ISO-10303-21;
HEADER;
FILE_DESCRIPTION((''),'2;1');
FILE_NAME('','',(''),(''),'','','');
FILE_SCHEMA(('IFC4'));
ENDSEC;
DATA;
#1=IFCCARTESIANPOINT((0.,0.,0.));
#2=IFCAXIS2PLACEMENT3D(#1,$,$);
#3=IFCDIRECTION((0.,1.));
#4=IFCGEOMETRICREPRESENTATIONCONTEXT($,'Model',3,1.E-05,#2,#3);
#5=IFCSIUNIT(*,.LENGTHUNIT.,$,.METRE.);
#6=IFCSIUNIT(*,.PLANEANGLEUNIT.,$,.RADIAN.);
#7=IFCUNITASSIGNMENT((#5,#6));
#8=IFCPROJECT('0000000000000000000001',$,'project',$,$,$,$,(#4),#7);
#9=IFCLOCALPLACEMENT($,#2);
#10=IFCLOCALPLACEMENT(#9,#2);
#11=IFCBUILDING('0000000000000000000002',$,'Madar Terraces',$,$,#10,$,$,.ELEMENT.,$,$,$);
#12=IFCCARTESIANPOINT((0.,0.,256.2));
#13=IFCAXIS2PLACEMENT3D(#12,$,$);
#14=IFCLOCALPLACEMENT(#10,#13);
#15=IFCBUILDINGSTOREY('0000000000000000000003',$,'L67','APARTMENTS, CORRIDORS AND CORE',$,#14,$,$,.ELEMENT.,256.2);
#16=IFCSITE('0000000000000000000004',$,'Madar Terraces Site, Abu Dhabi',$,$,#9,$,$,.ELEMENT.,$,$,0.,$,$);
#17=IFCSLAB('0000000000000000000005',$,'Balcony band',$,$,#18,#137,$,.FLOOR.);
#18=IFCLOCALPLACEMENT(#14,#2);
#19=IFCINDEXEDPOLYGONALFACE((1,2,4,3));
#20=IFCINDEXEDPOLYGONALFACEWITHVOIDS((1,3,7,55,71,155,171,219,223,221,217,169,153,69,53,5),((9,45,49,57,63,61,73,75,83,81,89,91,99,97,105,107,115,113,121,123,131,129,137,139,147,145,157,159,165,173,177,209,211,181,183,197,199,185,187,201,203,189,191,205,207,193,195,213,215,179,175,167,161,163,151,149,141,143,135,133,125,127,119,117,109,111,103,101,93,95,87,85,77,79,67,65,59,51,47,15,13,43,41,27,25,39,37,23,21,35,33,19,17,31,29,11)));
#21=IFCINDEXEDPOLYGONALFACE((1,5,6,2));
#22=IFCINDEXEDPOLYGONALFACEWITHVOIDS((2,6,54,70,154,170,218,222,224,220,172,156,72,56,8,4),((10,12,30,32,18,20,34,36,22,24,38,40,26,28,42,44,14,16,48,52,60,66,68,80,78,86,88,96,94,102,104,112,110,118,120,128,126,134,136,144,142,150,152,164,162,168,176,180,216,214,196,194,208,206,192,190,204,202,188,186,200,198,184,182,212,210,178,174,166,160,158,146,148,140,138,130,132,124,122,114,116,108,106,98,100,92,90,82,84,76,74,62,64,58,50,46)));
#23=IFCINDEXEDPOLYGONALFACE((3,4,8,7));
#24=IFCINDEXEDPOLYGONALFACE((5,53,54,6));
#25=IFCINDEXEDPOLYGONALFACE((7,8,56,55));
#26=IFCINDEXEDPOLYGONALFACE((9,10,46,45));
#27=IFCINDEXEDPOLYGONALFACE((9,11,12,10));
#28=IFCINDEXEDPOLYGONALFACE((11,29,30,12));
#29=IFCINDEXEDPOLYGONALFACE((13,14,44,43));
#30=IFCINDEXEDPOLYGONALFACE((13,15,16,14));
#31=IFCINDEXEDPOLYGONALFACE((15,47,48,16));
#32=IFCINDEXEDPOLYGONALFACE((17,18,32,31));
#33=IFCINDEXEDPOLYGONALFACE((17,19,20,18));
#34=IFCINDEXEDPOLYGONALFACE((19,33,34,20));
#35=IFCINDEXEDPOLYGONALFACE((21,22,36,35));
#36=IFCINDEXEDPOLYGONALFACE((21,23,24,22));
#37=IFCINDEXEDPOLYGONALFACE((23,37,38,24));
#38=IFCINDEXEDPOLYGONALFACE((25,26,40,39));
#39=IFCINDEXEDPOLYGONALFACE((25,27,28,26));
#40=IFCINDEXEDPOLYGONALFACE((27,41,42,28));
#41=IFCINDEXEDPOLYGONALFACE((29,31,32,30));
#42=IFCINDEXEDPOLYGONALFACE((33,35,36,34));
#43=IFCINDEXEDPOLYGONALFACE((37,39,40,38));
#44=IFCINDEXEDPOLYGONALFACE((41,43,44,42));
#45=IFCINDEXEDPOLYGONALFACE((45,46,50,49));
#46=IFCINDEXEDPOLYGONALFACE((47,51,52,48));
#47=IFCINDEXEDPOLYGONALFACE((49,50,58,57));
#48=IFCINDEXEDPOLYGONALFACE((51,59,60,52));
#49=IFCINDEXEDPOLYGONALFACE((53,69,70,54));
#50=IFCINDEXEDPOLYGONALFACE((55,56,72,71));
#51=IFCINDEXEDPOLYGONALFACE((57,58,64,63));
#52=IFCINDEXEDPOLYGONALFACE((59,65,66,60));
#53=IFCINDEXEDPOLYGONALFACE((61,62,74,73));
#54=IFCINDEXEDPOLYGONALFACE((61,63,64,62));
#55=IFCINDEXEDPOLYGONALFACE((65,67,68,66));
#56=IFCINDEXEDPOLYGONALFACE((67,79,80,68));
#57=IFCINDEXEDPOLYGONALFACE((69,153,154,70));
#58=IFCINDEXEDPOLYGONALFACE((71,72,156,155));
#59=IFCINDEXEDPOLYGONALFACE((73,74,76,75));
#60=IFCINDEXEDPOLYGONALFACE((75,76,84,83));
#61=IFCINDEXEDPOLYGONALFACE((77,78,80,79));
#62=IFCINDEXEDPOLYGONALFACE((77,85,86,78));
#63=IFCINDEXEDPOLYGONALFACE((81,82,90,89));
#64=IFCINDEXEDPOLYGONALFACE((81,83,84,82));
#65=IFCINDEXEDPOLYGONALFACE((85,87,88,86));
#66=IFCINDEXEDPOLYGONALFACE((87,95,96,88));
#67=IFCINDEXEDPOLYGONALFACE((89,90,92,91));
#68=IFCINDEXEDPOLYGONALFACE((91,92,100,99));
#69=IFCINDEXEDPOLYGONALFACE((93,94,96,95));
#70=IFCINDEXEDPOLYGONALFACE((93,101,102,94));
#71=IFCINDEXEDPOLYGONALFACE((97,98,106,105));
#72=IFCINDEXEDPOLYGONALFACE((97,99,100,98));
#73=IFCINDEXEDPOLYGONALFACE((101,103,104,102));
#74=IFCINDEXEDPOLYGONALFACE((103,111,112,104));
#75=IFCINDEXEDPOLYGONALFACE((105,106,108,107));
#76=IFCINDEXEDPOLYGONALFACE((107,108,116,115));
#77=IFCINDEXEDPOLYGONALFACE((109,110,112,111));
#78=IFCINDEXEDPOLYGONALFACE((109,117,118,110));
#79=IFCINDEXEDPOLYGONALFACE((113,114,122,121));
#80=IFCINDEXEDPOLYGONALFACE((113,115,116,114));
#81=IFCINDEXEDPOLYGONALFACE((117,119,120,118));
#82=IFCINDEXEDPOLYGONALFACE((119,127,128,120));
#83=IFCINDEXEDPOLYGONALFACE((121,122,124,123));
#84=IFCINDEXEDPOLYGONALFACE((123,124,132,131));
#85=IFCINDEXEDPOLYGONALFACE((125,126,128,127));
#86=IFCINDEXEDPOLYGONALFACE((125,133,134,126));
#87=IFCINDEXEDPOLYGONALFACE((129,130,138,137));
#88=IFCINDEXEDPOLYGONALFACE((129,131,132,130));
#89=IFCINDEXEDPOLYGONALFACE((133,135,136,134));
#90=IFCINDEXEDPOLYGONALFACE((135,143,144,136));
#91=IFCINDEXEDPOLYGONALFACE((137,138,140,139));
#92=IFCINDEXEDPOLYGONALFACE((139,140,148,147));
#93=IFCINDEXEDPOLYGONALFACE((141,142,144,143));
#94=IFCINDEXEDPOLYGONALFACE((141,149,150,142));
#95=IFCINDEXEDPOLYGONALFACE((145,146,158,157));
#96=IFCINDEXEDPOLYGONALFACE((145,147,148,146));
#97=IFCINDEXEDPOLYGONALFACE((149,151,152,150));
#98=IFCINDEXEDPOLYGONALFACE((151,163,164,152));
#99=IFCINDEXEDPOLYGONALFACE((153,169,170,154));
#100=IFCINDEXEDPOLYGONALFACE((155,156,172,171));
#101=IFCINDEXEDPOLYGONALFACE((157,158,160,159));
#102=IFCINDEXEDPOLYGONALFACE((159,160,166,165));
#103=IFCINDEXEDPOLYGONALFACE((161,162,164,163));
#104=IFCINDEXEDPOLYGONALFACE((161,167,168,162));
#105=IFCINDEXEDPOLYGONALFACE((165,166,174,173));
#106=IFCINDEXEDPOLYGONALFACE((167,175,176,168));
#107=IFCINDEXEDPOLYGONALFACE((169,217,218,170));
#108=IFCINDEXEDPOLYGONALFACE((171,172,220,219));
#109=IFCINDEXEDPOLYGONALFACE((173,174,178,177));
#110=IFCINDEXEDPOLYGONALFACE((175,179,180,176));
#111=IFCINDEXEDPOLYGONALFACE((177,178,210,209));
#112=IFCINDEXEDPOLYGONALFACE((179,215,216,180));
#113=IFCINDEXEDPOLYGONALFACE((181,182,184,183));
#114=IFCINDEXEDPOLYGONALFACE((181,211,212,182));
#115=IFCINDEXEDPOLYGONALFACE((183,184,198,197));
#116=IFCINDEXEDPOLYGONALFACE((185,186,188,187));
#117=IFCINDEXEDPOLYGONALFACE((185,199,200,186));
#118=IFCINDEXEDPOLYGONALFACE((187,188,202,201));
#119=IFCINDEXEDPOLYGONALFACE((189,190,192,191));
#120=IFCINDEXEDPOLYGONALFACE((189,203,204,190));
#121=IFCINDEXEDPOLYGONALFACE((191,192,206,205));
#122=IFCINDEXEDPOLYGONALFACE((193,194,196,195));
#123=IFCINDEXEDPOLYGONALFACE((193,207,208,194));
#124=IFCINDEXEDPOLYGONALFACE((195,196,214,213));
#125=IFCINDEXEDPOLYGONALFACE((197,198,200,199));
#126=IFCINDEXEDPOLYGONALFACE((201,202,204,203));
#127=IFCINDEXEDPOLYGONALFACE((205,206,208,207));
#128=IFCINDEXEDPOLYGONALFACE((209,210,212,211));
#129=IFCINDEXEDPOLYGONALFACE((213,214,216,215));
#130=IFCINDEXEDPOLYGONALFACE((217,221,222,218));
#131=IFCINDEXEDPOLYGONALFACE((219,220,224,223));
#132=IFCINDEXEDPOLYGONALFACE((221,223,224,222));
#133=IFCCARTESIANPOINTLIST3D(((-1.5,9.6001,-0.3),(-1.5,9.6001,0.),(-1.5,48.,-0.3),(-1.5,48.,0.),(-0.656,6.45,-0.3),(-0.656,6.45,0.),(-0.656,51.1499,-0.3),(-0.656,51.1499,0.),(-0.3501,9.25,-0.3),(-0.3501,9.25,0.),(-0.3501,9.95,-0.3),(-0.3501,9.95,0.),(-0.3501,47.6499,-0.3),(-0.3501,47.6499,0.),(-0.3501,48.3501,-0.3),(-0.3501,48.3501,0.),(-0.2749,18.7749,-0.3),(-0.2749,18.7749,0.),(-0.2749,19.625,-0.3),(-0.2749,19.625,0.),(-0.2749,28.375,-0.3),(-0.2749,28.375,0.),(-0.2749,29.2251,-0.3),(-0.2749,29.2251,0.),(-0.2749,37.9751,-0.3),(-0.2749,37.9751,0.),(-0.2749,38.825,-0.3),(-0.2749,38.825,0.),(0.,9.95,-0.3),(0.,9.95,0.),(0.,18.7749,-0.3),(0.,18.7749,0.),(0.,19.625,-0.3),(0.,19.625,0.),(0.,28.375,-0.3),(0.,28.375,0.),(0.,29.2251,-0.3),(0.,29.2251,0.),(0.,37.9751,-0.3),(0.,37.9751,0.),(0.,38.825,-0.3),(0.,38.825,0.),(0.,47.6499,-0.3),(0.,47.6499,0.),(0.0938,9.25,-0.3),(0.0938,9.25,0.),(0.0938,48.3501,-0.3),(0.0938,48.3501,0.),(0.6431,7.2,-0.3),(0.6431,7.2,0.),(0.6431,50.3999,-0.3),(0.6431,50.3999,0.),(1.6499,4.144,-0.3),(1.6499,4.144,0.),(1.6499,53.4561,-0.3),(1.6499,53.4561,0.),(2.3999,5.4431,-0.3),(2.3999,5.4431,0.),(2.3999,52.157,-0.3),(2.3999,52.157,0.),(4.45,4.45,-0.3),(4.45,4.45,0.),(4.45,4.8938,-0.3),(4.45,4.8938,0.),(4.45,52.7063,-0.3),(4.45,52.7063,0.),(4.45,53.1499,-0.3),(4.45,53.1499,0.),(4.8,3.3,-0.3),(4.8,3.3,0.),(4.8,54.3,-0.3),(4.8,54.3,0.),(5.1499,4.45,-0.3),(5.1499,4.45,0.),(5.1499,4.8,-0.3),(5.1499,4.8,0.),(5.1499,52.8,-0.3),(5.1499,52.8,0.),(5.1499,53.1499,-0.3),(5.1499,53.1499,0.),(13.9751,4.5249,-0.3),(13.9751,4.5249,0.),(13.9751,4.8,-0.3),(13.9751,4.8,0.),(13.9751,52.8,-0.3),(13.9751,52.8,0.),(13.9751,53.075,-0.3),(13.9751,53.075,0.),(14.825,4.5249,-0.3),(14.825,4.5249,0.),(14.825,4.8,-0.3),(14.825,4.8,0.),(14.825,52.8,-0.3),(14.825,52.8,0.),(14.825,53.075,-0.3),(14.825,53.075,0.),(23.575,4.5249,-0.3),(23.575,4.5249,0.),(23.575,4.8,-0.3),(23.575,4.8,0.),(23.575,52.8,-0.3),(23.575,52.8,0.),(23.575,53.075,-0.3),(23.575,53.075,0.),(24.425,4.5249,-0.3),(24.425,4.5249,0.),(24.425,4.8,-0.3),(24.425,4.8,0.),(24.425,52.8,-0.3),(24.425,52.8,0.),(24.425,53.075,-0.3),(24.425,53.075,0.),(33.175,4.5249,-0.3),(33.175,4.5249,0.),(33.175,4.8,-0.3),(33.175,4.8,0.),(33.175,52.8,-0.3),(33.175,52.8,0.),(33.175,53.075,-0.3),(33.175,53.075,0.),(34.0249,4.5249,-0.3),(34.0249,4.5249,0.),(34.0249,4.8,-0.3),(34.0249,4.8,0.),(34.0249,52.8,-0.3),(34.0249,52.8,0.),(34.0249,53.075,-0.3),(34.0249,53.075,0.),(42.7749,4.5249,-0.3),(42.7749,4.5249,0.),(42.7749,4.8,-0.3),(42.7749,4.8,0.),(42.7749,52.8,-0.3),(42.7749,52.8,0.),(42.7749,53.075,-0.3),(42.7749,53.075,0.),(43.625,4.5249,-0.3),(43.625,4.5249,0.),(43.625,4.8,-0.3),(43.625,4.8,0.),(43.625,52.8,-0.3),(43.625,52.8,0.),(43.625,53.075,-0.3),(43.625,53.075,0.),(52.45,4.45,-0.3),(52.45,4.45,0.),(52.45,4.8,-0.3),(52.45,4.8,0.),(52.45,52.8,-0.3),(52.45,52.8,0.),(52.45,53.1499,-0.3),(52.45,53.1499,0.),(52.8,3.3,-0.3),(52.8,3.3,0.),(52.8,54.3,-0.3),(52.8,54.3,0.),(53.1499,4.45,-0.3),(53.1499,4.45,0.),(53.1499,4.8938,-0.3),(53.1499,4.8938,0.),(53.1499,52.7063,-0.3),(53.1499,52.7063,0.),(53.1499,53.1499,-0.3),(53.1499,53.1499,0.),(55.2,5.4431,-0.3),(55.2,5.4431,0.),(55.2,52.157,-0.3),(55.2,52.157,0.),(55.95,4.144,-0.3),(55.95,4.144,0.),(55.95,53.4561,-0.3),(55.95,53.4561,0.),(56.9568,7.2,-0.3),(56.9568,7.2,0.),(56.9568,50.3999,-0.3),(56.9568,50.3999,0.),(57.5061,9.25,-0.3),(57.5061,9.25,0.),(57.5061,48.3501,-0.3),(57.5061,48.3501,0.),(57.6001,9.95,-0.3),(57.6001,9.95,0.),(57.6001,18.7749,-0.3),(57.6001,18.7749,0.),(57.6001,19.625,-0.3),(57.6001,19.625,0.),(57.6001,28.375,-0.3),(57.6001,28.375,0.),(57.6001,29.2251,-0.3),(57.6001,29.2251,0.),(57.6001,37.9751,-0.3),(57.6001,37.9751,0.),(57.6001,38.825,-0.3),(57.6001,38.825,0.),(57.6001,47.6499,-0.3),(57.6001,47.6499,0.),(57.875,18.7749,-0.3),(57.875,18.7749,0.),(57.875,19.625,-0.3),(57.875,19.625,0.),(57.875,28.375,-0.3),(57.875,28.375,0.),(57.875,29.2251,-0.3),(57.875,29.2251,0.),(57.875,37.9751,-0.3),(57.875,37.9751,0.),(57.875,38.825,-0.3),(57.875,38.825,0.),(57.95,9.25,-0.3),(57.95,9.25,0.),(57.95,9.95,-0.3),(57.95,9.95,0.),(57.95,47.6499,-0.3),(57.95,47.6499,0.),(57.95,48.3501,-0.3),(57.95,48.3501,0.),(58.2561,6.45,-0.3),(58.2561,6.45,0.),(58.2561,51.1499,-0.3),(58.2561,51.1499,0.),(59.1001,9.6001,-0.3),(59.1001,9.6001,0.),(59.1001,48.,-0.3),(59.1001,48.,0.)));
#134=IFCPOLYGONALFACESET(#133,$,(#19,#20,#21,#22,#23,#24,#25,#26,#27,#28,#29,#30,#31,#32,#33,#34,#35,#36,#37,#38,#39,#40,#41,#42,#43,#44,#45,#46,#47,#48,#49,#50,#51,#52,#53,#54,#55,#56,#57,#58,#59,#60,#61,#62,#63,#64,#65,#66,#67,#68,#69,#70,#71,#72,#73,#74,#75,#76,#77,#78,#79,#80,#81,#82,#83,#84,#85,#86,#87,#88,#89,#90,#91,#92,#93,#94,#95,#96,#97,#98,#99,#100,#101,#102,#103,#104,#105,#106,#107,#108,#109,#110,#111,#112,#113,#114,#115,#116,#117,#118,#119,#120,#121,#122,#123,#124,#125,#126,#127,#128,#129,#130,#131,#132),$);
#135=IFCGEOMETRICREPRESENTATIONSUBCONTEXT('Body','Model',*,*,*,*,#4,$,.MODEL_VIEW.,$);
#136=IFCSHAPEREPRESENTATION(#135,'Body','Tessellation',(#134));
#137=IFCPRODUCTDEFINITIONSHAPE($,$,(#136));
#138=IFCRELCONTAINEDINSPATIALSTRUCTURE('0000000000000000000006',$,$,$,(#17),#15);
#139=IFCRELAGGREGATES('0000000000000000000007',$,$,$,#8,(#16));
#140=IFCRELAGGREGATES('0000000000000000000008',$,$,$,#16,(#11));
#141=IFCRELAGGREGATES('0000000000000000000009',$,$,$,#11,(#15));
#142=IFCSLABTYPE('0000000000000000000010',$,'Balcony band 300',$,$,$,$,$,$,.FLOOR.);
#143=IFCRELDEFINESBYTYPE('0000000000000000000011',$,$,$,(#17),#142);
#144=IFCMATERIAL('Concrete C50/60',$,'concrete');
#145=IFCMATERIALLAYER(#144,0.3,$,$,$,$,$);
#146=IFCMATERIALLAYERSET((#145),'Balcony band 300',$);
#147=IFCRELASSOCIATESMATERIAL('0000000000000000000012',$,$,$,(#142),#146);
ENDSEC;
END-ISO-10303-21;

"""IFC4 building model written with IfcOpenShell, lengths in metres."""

from ifc_helpers import new_model, si_unit, direction, frame, origin, place, context, subcontext, project, spatial, polyline, outline, extrude, material, layer, layer_set, type_object, element, save


model = new_model("IFC4")

# Units and contexts
model_context = context("Model", 3, precision=1e-05, world=origin(), true_north=direction((0.0, 1.0)))
body_context = subcontext(model_context, "Body", "Model", "MODEL_VIEW")
ifc_project = project(units=[si_unit("LENGTHUNIT", "METRE"), si_unit("PLANEANGLEUNIT", "RADIAN")], contexts=[model_context])

# Site, building, storey
site_placement = place(None, origin())
site = spatial("IfcSite", under=ifc_project, at=site_placement, Name="Madar Terraces Site, Abu Dhabi", CompositionType="ELEMENT", RefElevation=0.0)
building_placement = place(site_placement, origin())
building = spatial("IfcBuilding", under=site, at=building_placement, Name="Madar Terraces", CompositionType="ELEMENT")
storey_placement = place(building_placement, frame((0.0, 0.0, 256.2)))
storey = spatial("IfcBuildingStorey", under=building, at=storey_placement, Name="L67", Description="APARTMENTS, CORRIDORS AND CORE", CompositionType="ELEMENT", Elevation=256.2)

# Slab
ifc_material_1 = material(Name="Concrete C50/60", Category="concrete")
ifc_layer_1 = layer(ifc_material_1, 0.3)
ifc_layer_set_1 = layer_set([ifc_layer_1], Name="Balcony band 300")
slab_type_1 = type_object("IfcSlabType", Name="Balcony band 300", PredefinedType="FLOOR", material=ifc_layer_set_1)
slab_1_placement = place(storey_placement, frame((0.0, 0.0, -0.3)))
element("IfcSlab", 1, at=slab_1_placement, inside=storey, type_object=slab_type_1, Name="Balcony band", PredefinedType="FLOOR", context=body_context, shape_type="SweptSolid", body=[
    extrude(outline(polyline([(4.8, 3.3), (1.6499, 4.144), (-0.656, 6.45), (-1.5, 9.6001), (-1.5, 48.0), (-0.656, 51.1499), (1.6499, 53.4561), (4.8, 54.3), (52.8, 54.3), (55.95, 53.4561), (58.2561, 51.1499), (59.1001, 48.0), (59.1001, 9.6001), (58.2561, 6.45), (55.95, 4.144), (52.8, 3.3), (4.8, 3.3)]), holes=[polyline([(5.1499, 4.45), (5.1499, 4.8), (13.9751, 4.8), (13.9751, 4.5249), (14.825, 4.5249), (14.825, 4.8), (23.575, 4.8), (23.575, 4.5249), (24.425, 4.5249), (24.425, 4.8), (33.175, 4.8), (33.175, 4.5249), (34.0249, 4.5249), (34.0249, 4.8), (42.7749, 4.8), (42.7749, 4.5249), (43.625, 4.5249), (43.625, 4.8), (52.45, 4.8), (52.45, 4.45), (53.1499, 4.45), (53.1499, 4.8938), (55.2, 5.4431), (56.9568, 7.2), (57.5061, 9.25), (57.95, 9.25), (57.95, 9.95), (57.6001, 9.95), (57.6001, 18.7749), (57.875, 18.7749), (57.875, 19.625), (57.6001, 19.625), (57.6001, 28.375), (57.875, 28.375), (57.875, 29.2251), (57.6001, 29.2251), (57.6001, 37.9751), (57.875, 37.9751), (57.875, 38.825), (57.6001, 38.825), (57.6001, 47.6499), (57.95, 47.6499), (57.95, 48.3501), (57.5061, 48.3501), (56.9568, 50.3999), (55.2, 52.157), (53.1499, 52.7063), (53.1499, 53.1499), (52.45, 53.1499), (52.45, 52.8), (43.625, 52.8), (43.625, 53.075), (42.7749, 53.075), (42.7749, 52.8), (34.0249, 52.8), (34.0249, 53.075), (33.175, 53.075), (33.175, 52.8), (24.425, 52.8), (24.425, 53.075), (23.575, 53.075), (23.575, 52.8), (14.825, 52.8), (14.825, 53.075), (13.9751, 53.075), (13.9751, 52.8), (5.1499, 52.8), (5.1499, 53.1499), (4.45, 53.1499), (4.45, 52.7063), (2.3999, 52.157), (0.6431, 50.3999), (0.0938, 48.3501), (-0.3501, 48.3501), (-0.3501, 47.6499), (0.0, 47.6499), (0.0, 38.825), (-0.2749, 38.825), (-0.2749, 37.9751), (0.0, 37.9751), (0.0, 29.2251), (-0.2749, 29.2251), (-0.2749, 28.375), (0.0, 28.375), (0.0, 19.625), (-0.2749, 19.625), (-0.2749, 18.7749), (0.0, 18.7749), (0.0, 9.95), (-0.3501, 9.95), (-0.3501, 9.25), (0.0938, 9.25), (0.6431, 7.2), (2.3999, 5.4431), (4.45, 4.8938), (4.45, 4.45), (5.1499, 4.45)])]), origin(), (0.0, 0.0, 1.0), 0.3),
])

save(model, "model.ifc")
